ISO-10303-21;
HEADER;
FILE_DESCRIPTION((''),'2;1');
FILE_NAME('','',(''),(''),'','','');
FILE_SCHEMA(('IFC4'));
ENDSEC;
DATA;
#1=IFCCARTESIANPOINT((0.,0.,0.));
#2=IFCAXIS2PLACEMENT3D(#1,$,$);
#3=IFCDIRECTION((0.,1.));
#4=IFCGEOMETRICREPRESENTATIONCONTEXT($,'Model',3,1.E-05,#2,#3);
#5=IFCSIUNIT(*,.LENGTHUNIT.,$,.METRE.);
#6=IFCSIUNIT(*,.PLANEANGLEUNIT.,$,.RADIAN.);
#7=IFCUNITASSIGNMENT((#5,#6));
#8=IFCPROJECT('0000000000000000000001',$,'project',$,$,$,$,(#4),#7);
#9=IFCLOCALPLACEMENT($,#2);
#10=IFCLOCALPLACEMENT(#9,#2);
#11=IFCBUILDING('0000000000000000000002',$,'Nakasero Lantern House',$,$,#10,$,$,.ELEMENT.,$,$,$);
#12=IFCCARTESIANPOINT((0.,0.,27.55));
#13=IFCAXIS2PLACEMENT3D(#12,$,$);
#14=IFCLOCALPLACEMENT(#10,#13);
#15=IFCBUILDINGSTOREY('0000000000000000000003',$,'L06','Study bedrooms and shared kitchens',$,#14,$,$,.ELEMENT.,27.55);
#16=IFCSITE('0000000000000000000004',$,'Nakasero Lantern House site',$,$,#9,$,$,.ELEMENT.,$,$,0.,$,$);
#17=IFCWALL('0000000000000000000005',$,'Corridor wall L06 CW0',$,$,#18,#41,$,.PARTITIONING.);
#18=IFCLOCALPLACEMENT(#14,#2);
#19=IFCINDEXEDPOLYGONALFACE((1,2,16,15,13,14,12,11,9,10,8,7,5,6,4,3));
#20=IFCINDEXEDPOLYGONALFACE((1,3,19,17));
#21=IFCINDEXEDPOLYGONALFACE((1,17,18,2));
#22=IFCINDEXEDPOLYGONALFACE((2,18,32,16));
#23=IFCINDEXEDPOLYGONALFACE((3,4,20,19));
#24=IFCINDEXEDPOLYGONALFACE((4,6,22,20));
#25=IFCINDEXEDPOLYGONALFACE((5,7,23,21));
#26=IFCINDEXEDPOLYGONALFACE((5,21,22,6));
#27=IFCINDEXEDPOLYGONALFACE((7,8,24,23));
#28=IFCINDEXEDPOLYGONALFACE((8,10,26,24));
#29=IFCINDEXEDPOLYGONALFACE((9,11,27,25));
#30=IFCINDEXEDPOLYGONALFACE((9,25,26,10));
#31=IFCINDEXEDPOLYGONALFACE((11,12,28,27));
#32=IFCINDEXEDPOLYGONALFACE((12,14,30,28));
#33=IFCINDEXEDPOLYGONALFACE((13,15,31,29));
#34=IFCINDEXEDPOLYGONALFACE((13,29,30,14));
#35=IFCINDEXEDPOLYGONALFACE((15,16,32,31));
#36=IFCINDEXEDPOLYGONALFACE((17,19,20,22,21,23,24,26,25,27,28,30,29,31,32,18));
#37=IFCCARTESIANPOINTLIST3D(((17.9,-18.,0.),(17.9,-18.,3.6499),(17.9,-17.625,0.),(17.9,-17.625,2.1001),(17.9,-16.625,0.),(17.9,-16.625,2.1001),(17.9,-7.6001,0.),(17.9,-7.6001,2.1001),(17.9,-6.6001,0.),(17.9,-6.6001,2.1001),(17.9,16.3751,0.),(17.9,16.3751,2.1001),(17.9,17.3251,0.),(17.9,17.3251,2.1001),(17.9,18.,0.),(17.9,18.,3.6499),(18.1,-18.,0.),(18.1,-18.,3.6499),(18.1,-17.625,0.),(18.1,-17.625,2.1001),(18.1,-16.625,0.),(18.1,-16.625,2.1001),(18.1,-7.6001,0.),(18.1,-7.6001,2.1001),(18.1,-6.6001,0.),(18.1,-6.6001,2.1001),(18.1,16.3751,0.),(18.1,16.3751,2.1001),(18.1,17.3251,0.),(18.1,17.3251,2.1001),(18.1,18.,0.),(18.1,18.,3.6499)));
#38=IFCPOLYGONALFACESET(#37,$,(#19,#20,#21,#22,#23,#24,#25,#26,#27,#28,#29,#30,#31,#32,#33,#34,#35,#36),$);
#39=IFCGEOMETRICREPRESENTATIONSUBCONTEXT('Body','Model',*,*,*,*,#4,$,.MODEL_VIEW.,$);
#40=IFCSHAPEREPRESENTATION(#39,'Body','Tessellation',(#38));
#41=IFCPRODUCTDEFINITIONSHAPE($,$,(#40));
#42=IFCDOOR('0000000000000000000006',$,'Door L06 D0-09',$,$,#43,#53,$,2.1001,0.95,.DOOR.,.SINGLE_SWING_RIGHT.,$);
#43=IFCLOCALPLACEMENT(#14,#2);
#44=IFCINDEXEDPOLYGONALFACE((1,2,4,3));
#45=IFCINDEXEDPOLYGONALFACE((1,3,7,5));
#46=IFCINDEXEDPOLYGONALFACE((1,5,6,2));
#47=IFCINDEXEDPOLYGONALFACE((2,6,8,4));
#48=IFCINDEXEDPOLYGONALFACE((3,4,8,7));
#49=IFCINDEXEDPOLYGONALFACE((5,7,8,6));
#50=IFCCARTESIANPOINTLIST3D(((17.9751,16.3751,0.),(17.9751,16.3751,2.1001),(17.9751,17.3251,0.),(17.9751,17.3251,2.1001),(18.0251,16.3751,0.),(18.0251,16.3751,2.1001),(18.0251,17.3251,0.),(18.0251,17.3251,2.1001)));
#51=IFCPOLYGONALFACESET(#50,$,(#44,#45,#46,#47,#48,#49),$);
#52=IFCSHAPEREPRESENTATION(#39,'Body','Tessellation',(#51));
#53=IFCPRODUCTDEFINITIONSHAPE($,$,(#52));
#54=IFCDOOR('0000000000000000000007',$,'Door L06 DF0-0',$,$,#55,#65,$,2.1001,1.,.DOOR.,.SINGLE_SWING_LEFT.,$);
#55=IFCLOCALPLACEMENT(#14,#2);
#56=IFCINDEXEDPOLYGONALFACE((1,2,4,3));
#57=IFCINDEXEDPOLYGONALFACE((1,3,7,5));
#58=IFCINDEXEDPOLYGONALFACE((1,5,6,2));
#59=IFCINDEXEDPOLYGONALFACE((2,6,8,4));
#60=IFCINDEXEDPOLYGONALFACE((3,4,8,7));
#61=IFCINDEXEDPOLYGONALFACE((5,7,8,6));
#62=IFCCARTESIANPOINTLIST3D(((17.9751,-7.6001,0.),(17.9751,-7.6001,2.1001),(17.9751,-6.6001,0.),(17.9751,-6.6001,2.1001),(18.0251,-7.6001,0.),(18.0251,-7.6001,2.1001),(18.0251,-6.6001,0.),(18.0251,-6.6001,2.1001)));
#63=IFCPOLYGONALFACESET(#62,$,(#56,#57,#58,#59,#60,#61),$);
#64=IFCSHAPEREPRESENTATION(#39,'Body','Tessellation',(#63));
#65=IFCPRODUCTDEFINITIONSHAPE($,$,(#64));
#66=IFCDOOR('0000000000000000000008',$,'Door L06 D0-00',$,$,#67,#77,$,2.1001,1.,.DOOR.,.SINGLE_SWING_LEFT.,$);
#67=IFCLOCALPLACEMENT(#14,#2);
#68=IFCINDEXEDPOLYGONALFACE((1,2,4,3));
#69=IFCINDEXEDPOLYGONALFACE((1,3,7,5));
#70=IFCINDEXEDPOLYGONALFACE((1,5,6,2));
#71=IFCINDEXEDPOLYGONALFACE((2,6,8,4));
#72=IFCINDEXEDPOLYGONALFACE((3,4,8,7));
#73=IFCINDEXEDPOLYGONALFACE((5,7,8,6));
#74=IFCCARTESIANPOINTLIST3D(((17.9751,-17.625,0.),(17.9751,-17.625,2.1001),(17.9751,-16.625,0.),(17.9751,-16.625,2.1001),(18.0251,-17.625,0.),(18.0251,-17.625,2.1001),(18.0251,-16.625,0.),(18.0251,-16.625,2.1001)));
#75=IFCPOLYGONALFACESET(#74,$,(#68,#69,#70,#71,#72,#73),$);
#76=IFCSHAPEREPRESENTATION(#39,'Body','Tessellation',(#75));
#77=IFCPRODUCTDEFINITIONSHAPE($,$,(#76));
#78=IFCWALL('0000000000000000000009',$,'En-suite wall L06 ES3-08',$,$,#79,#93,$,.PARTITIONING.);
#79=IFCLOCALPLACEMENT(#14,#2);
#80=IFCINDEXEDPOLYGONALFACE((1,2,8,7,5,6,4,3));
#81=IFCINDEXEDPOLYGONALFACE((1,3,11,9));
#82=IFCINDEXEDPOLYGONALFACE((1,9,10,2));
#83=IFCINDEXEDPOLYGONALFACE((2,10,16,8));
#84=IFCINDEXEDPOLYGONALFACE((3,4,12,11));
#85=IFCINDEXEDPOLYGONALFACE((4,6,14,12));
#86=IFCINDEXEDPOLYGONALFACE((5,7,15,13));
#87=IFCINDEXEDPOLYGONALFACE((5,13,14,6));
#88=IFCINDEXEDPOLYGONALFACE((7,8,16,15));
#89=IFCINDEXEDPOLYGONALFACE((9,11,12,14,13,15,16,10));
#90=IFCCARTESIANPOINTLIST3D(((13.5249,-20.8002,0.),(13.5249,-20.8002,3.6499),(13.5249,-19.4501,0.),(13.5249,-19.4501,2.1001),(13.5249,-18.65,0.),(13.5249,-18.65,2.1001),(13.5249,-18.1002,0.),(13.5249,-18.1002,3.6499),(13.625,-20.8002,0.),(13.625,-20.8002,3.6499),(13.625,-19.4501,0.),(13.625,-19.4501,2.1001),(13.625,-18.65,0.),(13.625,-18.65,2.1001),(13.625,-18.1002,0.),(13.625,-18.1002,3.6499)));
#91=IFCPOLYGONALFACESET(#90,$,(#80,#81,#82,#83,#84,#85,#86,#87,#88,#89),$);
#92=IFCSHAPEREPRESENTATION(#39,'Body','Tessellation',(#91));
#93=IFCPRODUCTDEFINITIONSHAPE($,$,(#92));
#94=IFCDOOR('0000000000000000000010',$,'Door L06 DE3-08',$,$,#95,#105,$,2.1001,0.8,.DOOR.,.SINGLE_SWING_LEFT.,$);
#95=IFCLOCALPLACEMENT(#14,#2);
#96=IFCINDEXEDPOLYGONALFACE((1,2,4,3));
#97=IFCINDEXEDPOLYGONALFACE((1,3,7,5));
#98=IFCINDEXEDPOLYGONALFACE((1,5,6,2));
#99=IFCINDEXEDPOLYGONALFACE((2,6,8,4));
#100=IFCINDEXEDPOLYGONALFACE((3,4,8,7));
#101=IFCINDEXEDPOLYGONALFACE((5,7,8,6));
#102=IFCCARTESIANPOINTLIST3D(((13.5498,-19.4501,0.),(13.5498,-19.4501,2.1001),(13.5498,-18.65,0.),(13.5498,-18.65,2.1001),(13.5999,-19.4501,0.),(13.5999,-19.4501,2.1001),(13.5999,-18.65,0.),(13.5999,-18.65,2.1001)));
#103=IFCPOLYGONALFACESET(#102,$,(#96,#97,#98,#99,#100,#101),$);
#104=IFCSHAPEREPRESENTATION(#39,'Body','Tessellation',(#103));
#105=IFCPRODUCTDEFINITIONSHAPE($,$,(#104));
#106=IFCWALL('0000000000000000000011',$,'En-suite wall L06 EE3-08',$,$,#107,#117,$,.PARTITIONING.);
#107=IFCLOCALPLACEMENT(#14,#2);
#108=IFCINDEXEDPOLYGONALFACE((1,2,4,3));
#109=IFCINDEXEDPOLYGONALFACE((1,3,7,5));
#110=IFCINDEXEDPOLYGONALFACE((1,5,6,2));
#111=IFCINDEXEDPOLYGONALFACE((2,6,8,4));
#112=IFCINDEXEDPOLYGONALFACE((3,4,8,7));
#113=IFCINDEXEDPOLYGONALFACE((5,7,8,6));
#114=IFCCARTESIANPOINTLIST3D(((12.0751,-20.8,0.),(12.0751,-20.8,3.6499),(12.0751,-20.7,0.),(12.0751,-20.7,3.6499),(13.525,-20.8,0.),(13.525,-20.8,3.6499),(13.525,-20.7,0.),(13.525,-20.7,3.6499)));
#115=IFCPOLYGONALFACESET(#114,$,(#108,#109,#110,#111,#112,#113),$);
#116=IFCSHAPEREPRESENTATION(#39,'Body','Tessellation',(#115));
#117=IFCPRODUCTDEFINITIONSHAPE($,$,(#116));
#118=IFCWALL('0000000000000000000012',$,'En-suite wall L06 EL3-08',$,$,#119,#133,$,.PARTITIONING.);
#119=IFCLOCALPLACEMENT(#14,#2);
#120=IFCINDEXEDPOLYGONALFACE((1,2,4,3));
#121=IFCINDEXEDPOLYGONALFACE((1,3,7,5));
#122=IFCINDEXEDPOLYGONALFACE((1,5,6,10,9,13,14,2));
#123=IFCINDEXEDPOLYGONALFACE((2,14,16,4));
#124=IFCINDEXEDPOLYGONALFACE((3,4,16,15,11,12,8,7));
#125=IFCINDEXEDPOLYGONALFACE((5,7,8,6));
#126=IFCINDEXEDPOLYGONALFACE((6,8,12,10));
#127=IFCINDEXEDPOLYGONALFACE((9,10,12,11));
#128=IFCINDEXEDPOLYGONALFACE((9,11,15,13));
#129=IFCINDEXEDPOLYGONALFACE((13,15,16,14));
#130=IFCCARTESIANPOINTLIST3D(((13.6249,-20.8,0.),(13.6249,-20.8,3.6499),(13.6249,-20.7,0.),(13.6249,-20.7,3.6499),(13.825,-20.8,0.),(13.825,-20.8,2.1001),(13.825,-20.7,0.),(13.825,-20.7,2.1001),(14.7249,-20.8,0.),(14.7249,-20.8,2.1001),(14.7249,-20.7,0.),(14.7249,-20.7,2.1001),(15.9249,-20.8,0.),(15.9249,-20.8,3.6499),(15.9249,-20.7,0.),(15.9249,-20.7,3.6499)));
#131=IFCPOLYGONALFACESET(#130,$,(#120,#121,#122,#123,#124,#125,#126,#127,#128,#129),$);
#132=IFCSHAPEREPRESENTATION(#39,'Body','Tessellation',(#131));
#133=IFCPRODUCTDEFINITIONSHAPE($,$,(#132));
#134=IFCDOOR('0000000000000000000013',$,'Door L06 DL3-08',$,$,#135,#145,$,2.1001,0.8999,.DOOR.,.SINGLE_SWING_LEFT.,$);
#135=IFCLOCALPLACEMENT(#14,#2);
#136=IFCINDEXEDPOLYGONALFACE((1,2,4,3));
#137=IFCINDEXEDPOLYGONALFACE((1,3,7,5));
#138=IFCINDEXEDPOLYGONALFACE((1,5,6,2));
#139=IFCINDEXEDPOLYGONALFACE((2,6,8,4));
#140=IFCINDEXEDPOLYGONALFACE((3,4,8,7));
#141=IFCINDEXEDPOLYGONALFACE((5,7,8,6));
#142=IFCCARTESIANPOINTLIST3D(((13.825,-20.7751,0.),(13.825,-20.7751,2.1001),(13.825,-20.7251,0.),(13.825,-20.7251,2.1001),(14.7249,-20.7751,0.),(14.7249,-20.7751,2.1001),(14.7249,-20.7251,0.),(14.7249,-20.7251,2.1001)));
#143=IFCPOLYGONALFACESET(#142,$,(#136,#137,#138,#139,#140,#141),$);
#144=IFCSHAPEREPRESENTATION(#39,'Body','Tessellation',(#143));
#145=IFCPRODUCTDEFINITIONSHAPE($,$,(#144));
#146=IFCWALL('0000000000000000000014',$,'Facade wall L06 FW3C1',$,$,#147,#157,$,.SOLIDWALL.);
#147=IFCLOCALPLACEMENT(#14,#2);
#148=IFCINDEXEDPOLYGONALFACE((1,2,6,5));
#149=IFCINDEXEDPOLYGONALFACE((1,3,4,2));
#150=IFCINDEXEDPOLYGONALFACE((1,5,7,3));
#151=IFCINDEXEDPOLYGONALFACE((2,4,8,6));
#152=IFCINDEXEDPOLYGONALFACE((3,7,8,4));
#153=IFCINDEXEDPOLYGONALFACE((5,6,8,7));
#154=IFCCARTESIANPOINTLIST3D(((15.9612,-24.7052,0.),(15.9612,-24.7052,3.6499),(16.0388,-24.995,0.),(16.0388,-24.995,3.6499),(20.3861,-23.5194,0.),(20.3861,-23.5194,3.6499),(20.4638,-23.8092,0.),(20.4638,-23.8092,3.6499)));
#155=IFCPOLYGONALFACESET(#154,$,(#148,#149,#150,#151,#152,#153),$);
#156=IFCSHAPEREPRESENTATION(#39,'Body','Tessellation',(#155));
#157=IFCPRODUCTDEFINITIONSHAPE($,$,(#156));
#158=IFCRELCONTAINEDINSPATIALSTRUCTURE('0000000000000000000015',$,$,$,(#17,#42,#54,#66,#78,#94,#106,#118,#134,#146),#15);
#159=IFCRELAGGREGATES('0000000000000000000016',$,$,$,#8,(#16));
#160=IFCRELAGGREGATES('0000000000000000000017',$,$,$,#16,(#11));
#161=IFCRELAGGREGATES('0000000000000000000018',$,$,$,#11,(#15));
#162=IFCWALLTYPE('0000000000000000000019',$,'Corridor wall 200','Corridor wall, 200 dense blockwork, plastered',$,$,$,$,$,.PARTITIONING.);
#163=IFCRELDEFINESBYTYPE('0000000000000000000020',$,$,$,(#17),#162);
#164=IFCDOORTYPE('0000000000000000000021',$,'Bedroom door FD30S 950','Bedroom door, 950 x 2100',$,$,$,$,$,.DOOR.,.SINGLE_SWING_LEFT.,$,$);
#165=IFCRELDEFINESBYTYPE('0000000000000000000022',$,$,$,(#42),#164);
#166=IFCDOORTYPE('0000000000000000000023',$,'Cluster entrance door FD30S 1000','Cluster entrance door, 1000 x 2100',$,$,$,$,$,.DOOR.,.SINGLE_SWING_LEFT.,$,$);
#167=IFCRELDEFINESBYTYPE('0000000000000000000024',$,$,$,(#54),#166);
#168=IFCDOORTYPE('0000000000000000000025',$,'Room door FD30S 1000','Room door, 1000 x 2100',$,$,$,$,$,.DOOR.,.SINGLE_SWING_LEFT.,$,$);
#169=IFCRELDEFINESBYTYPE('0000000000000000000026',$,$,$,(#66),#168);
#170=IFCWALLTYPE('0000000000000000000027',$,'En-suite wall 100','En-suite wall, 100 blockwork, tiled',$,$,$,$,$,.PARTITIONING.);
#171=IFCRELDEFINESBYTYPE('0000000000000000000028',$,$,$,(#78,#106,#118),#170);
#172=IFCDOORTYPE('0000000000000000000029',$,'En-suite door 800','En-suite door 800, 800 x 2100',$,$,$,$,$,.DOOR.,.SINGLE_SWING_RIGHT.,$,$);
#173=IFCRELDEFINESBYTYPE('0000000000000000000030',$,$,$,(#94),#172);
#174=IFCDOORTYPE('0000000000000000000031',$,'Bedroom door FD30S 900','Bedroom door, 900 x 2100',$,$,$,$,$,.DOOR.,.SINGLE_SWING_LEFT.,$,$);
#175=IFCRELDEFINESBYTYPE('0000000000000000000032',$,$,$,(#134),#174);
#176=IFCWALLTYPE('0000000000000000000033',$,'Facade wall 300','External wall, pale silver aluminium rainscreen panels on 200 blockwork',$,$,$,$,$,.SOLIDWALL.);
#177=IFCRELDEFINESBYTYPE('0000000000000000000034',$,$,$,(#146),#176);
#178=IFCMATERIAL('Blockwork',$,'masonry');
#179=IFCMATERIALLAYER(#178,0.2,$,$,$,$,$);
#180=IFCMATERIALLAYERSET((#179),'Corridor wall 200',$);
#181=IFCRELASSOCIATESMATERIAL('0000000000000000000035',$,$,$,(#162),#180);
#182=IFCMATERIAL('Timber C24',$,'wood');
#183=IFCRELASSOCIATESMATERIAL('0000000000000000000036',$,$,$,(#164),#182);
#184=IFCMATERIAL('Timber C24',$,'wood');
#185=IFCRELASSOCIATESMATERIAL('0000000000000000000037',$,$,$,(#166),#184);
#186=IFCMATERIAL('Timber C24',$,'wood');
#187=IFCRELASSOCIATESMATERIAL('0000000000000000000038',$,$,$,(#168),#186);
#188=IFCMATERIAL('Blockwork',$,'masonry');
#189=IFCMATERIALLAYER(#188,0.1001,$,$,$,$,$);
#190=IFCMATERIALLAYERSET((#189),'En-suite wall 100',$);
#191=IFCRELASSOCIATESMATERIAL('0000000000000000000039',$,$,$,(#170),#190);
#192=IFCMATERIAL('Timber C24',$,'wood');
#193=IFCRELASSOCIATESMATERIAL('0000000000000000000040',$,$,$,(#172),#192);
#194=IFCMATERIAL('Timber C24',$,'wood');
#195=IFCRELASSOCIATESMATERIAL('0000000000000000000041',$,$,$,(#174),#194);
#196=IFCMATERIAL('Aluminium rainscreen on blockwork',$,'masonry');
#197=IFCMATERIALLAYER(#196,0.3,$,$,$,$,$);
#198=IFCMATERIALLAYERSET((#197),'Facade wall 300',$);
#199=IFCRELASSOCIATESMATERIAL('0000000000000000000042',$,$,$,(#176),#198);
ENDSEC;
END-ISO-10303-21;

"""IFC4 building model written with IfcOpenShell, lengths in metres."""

from ifc_helpers import new_model, si_unit, direction, frame, frame_2d, origin, place, context, subcontext, project, spatial, rectangle, extrude, material, layer, layer_set, type_object, element, fill, save


model = new_model("IFC4")

# Units and contexts
model_context = context("Model", 3, precision=1e-05, world=origin(), true_north=direction((0.0, 1.0)))
body_context = subcontext(model_context, "Body", "Model", "MODEL_VIEW")
ifc_project = project(units=[si_unit("LENGTHUNIT", "METRE"), si_unit("PLANEANGLEUNIT", "RADIAN")], contexts=[model_context])

# Site, building, storey
site_placement = place(None, origin())
site = spatial("IfcSite", under=ifc_project, at=site_placement, Name="Nakasero Lantern House site", CompositionType="ELEMENT", RefElevation=0.0)
building_placement = place(site_placement, origin())
building = spatial("IfcBuilding", under=site, at=building_placement, Name="Nakasero Lantern House", CompositionType="ELEMENT")
storey_placement = place(building_placement, frame((0.0, 0.0, 27.55)))
storey = spatial("IfcBuildingStorey", under=building, at=storey_placement, Name="L06", Description="Study bedrooms and shared kitchens", CompositionType="ELEMENT", Elevation=27.55)

# Wall, openings, doors
ifc_material_1 = material(Name="Blockwork", Category="masonry")
ifc_layer_1 = layer(ifc_material_1, 0.2)
ifc_layer_set_1 = layer_set([ifc_layer_1], Name="Corridor wall 200")
wall_type_1 = type_object("IfcWallType", Name="Corridor wall 200", Description="Corridor wall, 200 dense blockwork, plastered", PredefinedType="PARTITIONING", material=ifc_layer_set_1)
wall_1_placement = place(storey_placement, frame((18.0, -18.0, 0.0), z_axis=(0.0, 0.0, 1.0), x_axis=(0.0, 1.0, 0.0)))
wall_1 = element("IfcWall", 1, at=wall_1_placement, inside=storey, type_object=wall_type_1, Name="Corridor wall L06 CW0", PredefinedType="PARTITIONING", context=body_context, shape_type="SweptSolid", body=[
    extrude(rectangle(XDim=36.0, YDim=0.2, at=frame_2d((18.0, 0.0))), origin(), (0.0, 0.0, 1.0), 3.6499),
])
opening_1_placement = place(wall_1_placement, frame((10.3999, 0.0, 0.0)))
opening_1 = element("IfcOpeningElement", 2, at=opening_1_placement, cuts=wall_1, PredefinedType="OPENING", context=body_context, shape_type="SweptSolid", body=[
    extrude(rectangle(XDim=1.0, YDim=2.1001, at=frame_2d((0.5, 1.05))), frame((0.0, 0.1199, 0.0), z_axis=(0.0, -1.0, 0.0), x_axis=(1.0, 0.0, 0.0)), (0.0, 0.0, 1.0), 0.24),
])
opening_2_placement = place(wall_1_placement, frame((0.375, 0.0, 0.0)))
opening_2 = element("IfcOpeningElement", 3, at=opening_2_placement, cuts=wall_1, PredefinedType="OPENING", context=body_context, shape_type="SweptSolid", body=[
    extrude(rectangle(XDim=1.0, YDim=2.1001, at=frame_2d((0.5, 1.05))), frame((0.0, 0.1199, 0.0), z_axis=(0.0, -1.0, 0.0), x_axis=(1.0, 0.0, 0.0)), (0.0, 0.0, 1.0), 0.24),
])
opening_3_placement = place(wall_1_placement, frame((34.375, 0.0, 0.0)))
opening_3 = element("IfcOpeningElement", 4, at=opening_3_placement, cuts=wall_1, PredefinedType="OPENING", context=body_context, shape_type="SweptSolid", body=[
    extrude(rectangle(XDim=0.95, YDim=2.1001, at=frame_2d((0.4751, 1.05))), frame((0.0, 0.1199, 0.0), z_axis=(0.0, -1.0, 0.0), x_axis=(1.0, 0.0, 0.0)), (0.0, 0.0, 1.0), 0.24),
])
ifc_material_2 = material(Name="Timber C24", Category="wood")
door_type_1 = type_object("IfcDoorType", Name="Bedroom door FD30S 950", Description="Bedroom door, 950 x 2100", OperationType="SINGLE_SWING_LEFT", PredefinedType="DOOR", material=ifc_material_2)
door_1_placement = place(opening_3_placement, origin())
door_1 = element("IfcDoor", 5, at=door_1_placement, inside=storey, type_object=door_type_1, Name="Door L06 D0-09", OperationType="SINGLE_SWING_RIGHT", OverallHeight=2.1001, OverallWidth=0.95, PredefinedType="DOOR", context=body_context, shape_type="SweptSolid", body=[
    extrude(rectangle(XDim=0.95, YDim=2.1001, at=frame_2d((0.4751, 1.05))), frame((0.0, 0.0249, 0.0), z_axis=(0.0, -1.0, 0.0), x_axis=(1.0, 0.0, 0.0)), (0.0, 0.0, 1.0), 0.05),
])
fill(opening_3, door_1)
ifc_material_3 = material(Name="Timber C24", Category="wood")
door_type_2 = type_object("IfcDoorType", Name="Cluster entrance door FD30S 1000", Description="Cluster entrance door, 1000 x 2100", OperationType="SINGLE_SWING_LEFT", PredefinedType="DOOR", material=ifc_material_3)
door_2_placement = place(opening_1_placement, origin())
door_2 = element("IfcDoor", 6, at=door_2_placement, inside=storey, type_object=door_type_2, Name="Door L06 DF0-0", OperationType="SINGLE_SWING_LEFT", OverallHeight=2.1001, OverallWidth=1.0, PredefinedType="DOOR", context=body_context, shape_type="SweptSolid", body=[
    extrude(rectangle(XDim=1.0, YDim=2.1001, at=frame_2d((0.5, 1.05))), frame((0.0, 0.0249, 0.0), z_axis=(0.0, -1.0, 0.0), x_axis=(1.0, 0.0, 0.0)), (0.0, 0.0, 1.0), 0.05),
])
fill(opening_1, door_2)
ifc_material_4 = material(Name="Timber C24", Category="wood")
door_type_3 = type_object("IfcDoorType", Name="Room door FD30S 1000", Description="Room door, 1000 x 2100", OperationType="SINGLE_SWING_LEFT", PredefinedType="DOOR", material=ifc_material_4)
door_3_placement = place(opening_2_placement, origin())
door_3 = element("IfcDoor", 7, at=door_3_placement, inside=storey, type_object=door_type_3, Name="Door L06 D0-00", OperationType="SINGLE_SWING_LEFT", OverallHeight=2.1001, OverallWidth=1.0, PredefinedType="DOOR", context=body_context, shape_type="SweptSolid", body=[
    extrude(rectangle(XDim=1.0, YDim=2.1001, at=frame_2d((0.5, 1.05))), frame((0.0, 0.0249, 0.0), z_axis=(0.0, -1.0, 0.0), x_axis=(1.0, 0.0, 0.0)), (0.0, 0.0, 1.0), 0.05),
])
fill(opening_2, door_3)

# Wall, opening, door
ifc_material_5 = material(Name="Blockwork", Category="masonry")
ifc_layer_2 = layer(ifc_material_5, 0.1001)
ifc_layer_set_2 = layer_set([ifc_layer_2], Name="En-suite wall 100")
wall_type_2 = type_object("IfcWallType", Name="En-suite wall 100", Description="En-suite wall, 100 blockwork, tiled", PredefinedType="PARTITIONING", material=ifc_layer_set_2)
wall_2_placement = place(storey_placement, frame((13.575, -18.1001, 0.0), z_axis=(0.0, 0.0, 1.0), x_axis=(0.0, -1.0, 0.0)))
wall_2 = element("IfcWall", 8, at=wall_2_placement, inside=storey, type_object=wall_type_2, Name="En-suite wall L06 ES3-08", PredefinedType="PARTITIONING", context=body_context, shape_type="SweptSolid", body=[
    extrude(rectangle(XDim=2.7, YDim=0.1001, at=frame_2d((1.3501, 0.0))), origin(), (0.0, 0.0, 1.0), 3.6499),
])
opening_4_placement = place(wall_2_placement, frame((0.55, 0.0, 0.0)))
opening_4 = element("IfcOpeningElement", 9, at=opening_4_placement, cuts=wall_2, PredefinedType="OPENING", context=body_context, shape_type="SweptSolid", body=[
    extrude(rectangle(XDim=0.8, YDim=2.1001, at=frame_2d((0.3999, 1.05))), frame((0.0, 0.0701, 0.0), z_axis=(0.0, -1.0, 0.0), x_axis=(1.0, 0.0, 0.0)), (0.0, 0.0, 1.0), 0.1401),
])
ifc_material_6 = material(Name="Timber C24", Category="wood")
door_type_4 = type_object("IfcDoorType", Name="En-suite door 800", Description="En-suite door 800, 800 x 2100", OperationType="SINGLE_SWING_RIGHT", PredefinedType="DOOR", material=ifc_material_6)
door_4_placement = place(opening_4_placement, origin())
door_4 = element("IfcDoor", 10, at=door_4_placement, inside=storey, type_object=door_type_4, Name="Door L06 DE3-08", OperationType="SINGLE_SWING_LEFT", OverallHeight=2.1001, OverallWidth=0.8, PredefinedType="DOOR", context=body_context, shape_type="SweptSolid", body=[
    extrude(rectangle(XDim=0.8, YDim=2.1001, at=frame_2d((0.3999, 1.05))), frame((0.0, 0.0249, 0.0), z_axis=(0.0, -1.0, 0.0), x_axis=(1.0, 0.0, 0.0)), (0.0, 0.0, 1.0), 0.05),
])
fill(opening_4, door_4)

# Wall
wall_3_placement = place(storey_placement, frame((12.075, -20.75, 0.0), z_axis=(0.0, 0.0, 1.0), x_axis=(1.0, 0.0, 0.0)))
element("IfcWall", 11, at=wall_3_placement, inside=storey, type_object=wall_type_2, Name="En-suite wall L06 EE3-08", PredefinedType="PARTITIONING", context=body_context, shape_type="SweptSolid", body=[
    extrude(rectangle(XDim=1.45, YDim=0.1001, at=frame_2d((0.7251, 0.0))), origin(), (0.0, 0.0, 1.0), 3.6499),
])

# Wall, opening, door
wall_4_placement = place(storey_placement, frame((13.625, -20.75, 0.0), z_axis=(0.0, 0.0, 1.0), x_axis=(1.0, 0.0, 0.0)))
wall_4 = element("IfcWall", 12, at=wall_4_placement, inside=storey, type_object=wall_type_2, Name="En-suite wall L06 EL3-08", PredefinedType="PARTITIONING", context=body_context, shape_type="SweptSolid", body=[
    extrude(rectangle(XDim=2.3, YDim=0.1001, at=frame_2d((1.1499, 0.0))), origin(), (0.0, 0.0, 1.0), 3.6499),
])
opening_5_placement = place(wall_4_placement, frame((0.2, 0.0, 0.0)))
opening_5 = element("IfcOpeningElement", 13, at=opening_5_placement, cuts=wall_4, PredefinedType="OPENING", context=body_context, shape_type="SweptSolid", body=[
    extrude(rectangle(XDim=0.8999, YDim=2.1001, at=frame_2d((0.45, 1.05))), frame((0.0, 0.0701, 0.0), z_axis=(0.0, -1.0, 0.0), x_axis=(1.0, 0.0, 0.0)), (0.0, 0.0, 1.0), 0.1401),
])
ifc_material_7 = material(Name="Timber C24", Category="wood")
door_type_5 = type_object("IfcDoorType", Name="Bedroom door FD30S 900", Description="Bedroom door, 900 x 2100", OperationType="SINGLE_SWING_LEFT", PredefinedType="DOOR", material=ifc_material_7)
door_5_placement = place(opening_5_placement, origin())
door_5 = element("IfcDoor", 14, at=door_5_placement, inside=storey, type_object=door_type_5, Name="Door L06 DL3-08", OperationType="SINGLE_SWING_LEFT", OverallHeight=2.1001, OverallWidth=0.8999, PredefinedType="DOOR", context=body_context, shape_type="SweptSolid", body=[
    extrude(rectangle(XDim=0.8999, YDim=2.1001, at=frame_2d((0.45, 1.05))), frame((0.0, 0.0249, 0.0), z_axis=(0.0, -1.0, 0.0), x_axis=(1.0, 0.0, 0.0)), (0.0, 0.0, 1.0), 0.05),
])
fill(opening_5, door_5)

# Wall
ifc_material_8 = material(Name="Aluminium rainscreen on blockwork", Category="masonry")
ifc_layer_3 = layer(ifc_material_8, 0.3)
ifc_layer_set_3 = layer_set([ifc_layer_3], Name="Facade wall 300")
wall_type_3 = type_object("IfcWallType", Name="Facade wall 300", Description="External wall, pale silver aluminium rainscreen panels on 200 blockwork", PredefinedType="SOLIDWALL", material=ifc_layer_set_3)
wall_5_placement = place(storey_placement, frame((16.0, -24.8501, 0.0), z_axis=(0.0, 0.0, 1.0), x_axis=(0.96592, 0.25884, 0.0)))
element("IfcWall", 15, at=wall_5_placement, inside=storey, type_object=wall_type_3, Name="Facade wall L06 FW3C1", PredefinedType="SOLIDWALL", context=body_context, shape_type="SweptSolid", body=[
    extrude(rectangle(XDim=4.5811, YDim=0.3, at=frame_2d((2.2905, 0.0))), origin(), (0.0, 0.0, 1.0), 3.6499),
])

save(model, "model.ifc")
